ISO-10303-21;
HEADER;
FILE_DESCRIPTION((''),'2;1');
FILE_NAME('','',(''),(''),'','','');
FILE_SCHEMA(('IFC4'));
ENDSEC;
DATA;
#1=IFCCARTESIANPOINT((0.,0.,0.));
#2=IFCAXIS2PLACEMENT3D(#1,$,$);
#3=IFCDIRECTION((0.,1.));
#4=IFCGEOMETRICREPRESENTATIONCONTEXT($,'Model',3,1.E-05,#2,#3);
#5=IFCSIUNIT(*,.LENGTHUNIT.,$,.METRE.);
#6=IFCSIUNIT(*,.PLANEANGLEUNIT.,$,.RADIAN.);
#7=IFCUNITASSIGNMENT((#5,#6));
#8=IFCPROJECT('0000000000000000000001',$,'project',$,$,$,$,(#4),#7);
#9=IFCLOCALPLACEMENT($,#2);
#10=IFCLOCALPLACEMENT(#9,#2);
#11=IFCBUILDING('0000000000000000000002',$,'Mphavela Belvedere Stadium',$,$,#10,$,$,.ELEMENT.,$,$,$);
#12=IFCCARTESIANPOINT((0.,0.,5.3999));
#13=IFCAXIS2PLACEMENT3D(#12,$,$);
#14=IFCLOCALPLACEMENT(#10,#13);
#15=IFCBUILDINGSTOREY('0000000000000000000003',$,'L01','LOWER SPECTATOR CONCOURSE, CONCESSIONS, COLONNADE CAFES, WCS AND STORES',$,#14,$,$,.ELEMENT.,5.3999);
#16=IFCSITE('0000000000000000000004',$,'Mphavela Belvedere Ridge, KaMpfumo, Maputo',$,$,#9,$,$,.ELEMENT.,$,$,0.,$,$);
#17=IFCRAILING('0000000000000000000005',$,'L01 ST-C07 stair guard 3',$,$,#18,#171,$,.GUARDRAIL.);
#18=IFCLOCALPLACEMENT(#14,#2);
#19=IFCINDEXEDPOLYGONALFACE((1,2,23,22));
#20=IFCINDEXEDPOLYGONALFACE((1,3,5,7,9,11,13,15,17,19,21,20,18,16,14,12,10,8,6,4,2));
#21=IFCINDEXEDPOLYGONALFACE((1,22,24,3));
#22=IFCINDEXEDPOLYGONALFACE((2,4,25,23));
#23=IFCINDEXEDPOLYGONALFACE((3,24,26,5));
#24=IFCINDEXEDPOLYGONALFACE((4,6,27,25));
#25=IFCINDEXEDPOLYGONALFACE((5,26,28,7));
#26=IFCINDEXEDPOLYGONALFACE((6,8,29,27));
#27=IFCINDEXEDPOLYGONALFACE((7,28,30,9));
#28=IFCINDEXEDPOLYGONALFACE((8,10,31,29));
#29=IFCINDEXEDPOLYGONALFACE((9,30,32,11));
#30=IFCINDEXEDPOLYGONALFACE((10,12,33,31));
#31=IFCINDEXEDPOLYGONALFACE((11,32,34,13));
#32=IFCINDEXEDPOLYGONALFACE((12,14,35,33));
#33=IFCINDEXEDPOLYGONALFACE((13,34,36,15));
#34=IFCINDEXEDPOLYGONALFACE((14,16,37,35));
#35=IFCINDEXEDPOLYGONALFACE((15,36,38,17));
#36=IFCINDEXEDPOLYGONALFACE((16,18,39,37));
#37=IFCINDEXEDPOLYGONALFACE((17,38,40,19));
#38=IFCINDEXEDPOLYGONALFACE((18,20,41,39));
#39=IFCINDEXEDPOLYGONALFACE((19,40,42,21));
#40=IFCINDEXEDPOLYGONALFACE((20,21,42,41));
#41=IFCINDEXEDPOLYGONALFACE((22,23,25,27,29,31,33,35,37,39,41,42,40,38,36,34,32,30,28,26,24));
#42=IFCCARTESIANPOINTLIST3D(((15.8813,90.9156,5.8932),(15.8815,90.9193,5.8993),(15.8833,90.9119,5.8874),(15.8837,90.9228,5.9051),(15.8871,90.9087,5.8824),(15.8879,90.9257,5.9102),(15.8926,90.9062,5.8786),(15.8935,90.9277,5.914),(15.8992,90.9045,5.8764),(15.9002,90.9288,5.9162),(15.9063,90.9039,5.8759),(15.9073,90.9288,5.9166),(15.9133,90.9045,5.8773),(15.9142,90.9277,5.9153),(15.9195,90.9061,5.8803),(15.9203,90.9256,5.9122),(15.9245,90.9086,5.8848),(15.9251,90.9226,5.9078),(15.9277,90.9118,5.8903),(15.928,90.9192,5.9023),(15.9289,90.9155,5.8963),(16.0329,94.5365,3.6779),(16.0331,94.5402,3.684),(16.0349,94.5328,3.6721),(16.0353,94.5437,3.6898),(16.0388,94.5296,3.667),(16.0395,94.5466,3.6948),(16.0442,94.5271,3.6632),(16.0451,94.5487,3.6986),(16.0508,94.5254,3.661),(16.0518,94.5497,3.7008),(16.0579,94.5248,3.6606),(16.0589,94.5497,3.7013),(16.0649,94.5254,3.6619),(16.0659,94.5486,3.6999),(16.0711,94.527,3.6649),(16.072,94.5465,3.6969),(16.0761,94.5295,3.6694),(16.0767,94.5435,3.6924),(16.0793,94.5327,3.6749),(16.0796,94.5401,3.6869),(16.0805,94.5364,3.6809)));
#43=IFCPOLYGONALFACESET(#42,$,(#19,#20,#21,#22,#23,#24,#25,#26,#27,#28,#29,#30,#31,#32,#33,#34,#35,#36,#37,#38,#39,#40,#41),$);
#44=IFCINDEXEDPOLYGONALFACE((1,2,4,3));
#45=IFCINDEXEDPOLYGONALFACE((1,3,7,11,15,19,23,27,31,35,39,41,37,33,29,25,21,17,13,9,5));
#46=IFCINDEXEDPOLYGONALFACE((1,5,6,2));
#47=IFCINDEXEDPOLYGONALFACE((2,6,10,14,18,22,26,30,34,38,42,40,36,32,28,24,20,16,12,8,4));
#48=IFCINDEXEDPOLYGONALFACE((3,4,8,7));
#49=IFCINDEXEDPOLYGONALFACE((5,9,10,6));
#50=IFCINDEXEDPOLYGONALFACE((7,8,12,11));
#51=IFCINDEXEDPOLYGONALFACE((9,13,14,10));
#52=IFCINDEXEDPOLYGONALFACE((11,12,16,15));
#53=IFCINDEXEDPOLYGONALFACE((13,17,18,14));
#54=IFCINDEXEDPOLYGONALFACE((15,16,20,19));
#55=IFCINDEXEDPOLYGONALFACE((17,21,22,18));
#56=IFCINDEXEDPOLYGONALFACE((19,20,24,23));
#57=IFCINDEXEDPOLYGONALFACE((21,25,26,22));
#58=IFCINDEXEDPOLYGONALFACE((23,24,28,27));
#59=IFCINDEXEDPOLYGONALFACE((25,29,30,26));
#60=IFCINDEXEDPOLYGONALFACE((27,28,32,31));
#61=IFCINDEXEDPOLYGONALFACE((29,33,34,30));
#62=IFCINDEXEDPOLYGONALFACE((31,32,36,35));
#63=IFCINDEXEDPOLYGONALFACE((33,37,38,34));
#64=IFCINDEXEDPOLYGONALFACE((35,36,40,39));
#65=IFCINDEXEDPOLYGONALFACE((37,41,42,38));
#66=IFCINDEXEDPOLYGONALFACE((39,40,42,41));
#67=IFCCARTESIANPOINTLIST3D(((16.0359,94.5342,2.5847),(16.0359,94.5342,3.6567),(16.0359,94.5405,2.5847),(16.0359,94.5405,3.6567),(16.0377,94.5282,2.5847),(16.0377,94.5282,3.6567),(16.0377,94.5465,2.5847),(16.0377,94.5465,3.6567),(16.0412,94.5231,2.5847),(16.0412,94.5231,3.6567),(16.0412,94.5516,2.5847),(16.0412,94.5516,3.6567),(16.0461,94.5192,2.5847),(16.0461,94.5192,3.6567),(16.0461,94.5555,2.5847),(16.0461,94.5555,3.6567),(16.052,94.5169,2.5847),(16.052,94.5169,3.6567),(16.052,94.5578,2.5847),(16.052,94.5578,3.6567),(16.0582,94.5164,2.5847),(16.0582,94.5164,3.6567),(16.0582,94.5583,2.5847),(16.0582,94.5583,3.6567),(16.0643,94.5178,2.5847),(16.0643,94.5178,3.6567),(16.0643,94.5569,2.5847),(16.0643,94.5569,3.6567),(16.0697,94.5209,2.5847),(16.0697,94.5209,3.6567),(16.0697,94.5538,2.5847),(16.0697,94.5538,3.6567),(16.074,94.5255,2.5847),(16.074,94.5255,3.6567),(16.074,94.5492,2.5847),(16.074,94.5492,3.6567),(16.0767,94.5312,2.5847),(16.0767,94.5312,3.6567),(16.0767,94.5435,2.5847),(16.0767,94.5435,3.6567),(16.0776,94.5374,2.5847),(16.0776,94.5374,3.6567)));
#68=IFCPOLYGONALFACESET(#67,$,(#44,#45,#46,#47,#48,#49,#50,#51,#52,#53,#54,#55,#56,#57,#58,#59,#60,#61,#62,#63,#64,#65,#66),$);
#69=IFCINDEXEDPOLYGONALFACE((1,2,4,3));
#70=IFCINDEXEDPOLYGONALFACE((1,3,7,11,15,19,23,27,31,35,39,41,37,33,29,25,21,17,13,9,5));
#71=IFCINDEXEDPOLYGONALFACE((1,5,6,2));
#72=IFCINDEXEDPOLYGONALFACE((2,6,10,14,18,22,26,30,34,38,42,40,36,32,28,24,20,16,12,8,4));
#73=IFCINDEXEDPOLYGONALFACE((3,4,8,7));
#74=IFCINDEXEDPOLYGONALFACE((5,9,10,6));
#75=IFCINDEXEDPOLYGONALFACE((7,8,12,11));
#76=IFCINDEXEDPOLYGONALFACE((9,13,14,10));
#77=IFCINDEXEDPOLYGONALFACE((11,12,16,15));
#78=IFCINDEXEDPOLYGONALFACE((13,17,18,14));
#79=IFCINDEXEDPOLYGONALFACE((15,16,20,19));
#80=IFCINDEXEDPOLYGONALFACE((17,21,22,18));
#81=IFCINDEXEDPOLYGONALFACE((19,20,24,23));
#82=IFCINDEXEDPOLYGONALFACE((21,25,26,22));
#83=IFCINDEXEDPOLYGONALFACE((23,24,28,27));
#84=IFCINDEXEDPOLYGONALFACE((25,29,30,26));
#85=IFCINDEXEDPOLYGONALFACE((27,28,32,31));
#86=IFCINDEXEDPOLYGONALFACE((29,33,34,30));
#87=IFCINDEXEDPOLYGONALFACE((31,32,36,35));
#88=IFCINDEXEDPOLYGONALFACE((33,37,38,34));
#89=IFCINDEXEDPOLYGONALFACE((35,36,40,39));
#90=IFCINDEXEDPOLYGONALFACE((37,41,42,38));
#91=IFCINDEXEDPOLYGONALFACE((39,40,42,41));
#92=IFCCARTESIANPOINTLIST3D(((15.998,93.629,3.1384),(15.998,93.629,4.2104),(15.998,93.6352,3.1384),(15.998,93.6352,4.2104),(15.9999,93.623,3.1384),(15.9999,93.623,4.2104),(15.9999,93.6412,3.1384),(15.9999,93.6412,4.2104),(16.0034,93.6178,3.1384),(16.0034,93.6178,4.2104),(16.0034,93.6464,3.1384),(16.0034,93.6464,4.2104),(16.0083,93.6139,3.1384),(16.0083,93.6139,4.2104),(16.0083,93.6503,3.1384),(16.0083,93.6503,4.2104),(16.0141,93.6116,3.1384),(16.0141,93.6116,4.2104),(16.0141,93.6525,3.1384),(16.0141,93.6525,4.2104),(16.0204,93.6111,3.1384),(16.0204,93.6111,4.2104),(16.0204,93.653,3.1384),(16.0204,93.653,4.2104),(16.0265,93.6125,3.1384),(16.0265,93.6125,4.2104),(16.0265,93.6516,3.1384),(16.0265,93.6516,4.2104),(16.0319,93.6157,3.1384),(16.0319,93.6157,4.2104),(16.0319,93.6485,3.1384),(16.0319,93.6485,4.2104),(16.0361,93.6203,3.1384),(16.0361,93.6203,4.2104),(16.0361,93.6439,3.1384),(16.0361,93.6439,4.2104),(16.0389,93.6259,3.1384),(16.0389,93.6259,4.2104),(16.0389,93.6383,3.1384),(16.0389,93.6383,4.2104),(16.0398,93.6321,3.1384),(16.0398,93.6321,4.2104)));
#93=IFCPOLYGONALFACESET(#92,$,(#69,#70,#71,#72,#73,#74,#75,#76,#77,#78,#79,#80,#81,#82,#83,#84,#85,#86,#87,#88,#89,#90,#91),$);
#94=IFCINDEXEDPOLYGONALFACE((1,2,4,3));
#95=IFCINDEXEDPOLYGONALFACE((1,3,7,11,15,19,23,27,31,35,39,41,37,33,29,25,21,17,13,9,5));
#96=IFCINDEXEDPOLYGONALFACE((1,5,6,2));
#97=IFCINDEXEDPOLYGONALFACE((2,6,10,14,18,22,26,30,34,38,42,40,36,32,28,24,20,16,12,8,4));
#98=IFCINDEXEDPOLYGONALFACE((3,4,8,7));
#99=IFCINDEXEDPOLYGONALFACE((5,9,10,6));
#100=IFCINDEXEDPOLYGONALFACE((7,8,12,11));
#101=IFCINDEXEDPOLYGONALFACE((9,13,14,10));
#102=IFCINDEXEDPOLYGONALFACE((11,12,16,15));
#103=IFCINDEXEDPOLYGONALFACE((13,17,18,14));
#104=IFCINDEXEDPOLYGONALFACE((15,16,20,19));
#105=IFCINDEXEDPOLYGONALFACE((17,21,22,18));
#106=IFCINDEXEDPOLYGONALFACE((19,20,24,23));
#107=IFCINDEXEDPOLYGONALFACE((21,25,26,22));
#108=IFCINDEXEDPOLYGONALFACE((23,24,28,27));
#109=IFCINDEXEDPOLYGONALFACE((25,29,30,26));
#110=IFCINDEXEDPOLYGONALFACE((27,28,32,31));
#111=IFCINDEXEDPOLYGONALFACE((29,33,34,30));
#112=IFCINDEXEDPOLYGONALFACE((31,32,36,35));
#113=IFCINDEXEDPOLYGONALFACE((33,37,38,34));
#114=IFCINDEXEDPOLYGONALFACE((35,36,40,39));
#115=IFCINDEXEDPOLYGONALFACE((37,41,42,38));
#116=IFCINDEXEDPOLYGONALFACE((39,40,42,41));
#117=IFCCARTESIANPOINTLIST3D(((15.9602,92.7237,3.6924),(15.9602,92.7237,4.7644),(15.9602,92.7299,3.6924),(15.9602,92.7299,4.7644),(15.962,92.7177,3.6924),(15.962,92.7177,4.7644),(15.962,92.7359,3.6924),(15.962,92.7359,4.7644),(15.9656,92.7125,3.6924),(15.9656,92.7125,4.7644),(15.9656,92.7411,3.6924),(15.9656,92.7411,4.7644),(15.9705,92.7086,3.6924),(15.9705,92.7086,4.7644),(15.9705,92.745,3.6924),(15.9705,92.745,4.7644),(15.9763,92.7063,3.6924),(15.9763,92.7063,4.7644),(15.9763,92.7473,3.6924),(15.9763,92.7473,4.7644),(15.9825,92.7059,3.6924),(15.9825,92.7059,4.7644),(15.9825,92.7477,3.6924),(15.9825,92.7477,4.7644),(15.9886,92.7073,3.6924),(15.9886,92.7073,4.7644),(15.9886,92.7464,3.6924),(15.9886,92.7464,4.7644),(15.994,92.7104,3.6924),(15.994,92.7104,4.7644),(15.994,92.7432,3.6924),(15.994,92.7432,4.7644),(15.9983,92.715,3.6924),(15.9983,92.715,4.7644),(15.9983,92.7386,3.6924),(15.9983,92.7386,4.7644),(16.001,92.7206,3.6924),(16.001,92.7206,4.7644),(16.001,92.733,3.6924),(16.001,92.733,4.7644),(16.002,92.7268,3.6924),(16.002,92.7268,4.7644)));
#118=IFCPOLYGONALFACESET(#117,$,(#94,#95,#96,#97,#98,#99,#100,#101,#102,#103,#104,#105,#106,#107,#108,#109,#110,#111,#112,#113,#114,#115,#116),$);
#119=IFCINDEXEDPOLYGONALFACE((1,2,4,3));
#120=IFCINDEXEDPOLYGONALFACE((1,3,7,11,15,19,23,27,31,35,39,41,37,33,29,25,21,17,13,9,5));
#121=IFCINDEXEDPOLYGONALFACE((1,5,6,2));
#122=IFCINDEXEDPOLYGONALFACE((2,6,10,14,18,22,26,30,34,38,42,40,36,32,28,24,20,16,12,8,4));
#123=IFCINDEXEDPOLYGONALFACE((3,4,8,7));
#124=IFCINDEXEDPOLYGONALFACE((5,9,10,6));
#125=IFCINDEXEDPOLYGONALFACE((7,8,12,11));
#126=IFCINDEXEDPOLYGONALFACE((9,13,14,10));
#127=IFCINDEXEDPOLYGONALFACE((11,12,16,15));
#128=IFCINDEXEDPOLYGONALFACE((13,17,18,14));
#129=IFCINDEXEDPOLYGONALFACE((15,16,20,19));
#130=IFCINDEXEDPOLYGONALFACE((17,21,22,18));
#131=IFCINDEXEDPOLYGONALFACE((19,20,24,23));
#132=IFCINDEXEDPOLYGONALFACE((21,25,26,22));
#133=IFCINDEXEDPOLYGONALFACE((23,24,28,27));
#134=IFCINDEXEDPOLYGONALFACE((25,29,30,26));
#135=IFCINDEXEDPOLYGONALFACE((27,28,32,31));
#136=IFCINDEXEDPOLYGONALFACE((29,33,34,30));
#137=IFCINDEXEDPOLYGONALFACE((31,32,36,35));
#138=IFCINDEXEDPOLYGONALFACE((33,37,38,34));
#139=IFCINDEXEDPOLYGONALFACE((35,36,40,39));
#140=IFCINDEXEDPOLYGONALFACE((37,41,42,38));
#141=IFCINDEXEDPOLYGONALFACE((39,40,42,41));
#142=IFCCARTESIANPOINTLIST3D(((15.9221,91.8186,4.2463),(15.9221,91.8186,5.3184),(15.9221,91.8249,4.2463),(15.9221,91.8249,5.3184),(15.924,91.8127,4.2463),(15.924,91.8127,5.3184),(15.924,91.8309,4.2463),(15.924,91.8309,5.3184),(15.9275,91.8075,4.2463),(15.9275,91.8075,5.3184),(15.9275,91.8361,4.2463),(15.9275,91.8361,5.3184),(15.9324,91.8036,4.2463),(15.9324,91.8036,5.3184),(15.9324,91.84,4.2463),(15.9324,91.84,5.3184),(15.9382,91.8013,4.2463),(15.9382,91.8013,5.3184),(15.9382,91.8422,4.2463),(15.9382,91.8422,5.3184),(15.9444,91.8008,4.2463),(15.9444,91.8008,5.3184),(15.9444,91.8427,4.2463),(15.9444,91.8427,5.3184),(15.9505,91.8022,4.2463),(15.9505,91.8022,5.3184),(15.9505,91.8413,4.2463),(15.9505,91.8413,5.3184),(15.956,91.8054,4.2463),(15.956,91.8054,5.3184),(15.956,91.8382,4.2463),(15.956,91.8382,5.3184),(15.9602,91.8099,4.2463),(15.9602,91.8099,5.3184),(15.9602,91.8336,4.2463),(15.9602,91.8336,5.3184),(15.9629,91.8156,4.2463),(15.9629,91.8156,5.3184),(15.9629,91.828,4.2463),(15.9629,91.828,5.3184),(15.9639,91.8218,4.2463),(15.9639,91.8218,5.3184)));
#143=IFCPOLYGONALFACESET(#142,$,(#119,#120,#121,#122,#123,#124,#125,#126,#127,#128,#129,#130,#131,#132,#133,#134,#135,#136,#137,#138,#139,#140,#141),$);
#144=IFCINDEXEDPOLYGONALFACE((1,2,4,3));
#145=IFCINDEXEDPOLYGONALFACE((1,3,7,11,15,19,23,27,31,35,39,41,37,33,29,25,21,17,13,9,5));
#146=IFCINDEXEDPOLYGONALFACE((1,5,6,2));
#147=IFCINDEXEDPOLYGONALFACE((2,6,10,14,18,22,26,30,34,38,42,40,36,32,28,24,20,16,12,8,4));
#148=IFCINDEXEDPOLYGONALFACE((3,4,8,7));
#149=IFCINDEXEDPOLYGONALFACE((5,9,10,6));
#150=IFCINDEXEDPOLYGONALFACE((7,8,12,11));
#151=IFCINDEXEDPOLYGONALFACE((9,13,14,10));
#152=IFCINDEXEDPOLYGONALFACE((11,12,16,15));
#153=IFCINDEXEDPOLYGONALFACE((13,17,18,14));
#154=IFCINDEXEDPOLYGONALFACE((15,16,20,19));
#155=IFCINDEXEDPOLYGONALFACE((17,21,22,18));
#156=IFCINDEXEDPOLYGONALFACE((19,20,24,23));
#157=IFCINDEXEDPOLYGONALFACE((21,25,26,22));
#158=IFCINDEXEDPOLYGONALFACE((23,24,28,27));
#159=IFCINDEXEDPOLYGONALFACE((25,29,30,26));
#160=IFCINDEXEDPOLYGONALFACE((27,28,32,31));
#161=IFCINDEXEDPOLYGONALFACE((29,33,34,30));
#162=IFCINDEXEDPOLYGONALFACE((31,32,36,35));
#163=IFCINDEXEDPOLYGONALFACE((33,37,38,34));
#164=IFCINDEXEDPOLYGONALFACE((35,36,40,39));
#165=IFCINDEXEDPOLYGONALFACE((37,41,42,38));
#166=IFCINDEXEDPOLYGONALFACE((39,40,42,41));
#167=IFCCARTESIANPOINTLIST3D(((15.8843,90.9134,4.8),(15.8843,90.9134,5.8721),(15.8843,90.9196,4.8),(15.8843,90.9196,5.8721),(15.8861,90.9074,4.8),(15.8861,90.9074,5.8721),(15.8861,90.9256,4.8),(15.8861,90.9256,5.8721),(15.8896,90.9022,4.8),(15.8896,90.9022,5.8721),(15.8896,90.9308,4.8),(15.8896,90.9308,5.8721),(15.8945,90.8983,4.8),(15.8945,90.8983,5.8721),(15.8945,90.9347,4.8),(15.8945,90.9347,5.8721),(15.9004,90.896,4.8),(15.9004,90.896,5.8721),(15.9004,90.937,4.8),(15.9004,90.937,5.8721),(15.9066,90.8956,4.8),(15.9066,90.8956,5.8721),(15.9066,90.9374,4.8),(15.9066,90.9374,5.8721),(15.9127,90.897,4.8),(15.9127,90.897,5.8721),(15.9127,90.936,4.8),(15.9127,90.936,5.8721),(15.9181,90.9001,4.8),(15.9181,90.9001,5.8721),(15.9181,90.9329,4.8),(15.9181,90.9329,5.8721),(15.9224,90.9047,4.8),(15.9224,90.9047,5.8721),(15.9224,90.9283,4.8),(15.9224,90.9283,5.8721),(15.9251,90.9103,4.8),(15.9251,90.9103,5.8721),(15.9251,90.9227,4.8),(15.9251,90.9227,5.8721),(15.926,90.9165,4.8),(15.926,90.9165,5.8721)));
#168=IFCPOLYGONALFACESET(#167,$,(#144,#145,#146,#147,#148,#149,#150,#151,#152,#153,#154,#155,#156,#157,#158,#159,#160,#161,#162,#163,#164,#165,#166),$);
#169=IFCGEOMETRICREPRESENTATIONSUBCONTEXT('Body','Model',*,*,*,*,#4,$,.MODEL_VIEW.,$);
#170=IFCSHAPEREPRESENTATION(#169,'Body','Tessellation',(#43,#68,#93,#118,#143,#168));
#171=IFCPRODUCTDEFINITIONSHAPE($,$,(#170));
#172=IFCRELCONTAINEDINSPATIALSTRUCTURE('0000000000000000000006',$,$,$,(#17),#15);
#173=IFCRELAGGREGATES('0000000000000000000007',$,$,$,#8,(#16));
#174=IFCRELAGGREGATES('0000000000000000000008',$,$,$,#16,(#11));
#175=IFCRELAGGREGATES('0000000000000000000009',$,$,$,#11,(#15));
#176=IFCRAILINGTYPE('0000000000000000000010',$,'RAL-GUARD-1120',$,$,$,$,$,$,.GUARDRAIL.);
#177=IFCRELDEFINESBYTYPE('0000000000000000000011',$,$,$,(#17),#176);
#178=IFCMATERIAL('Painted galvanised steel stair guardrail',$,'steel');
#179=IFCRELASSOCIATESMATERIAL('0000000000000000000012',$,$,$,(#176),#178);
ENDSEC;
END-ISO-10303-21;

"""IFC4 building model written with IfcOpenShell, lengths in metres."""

from ifc_helpers import new_model, si_unit, direction, frame, origin, origin_2d, place, context, subcontext, project, spatial, circle, extrude, material, type_object, element, save


model = new_model("IFC4")

# Units and contexts
model_context = context("Model", 3, precision=1e-05, world=origin(), true_north=direction((0.0, 1.0)))
body_context = subcontext(model_context, "Body", "Model", "MODEL_VIEW")
ifc_project = project(units=[si_unit("LENGTHUNIT", "METRE"), si_unit("PLANEANGLEUNIT", "RADIAN")], contexts=[model_context])

# Site, building, storey
site_placement = place(None, origin())
site = spatial("IfcSite", under=ifc_project, at=site_placement, Name="Mphavela Belvedere Ridge, KaMpfumo, Maputo", CompositionType="ELEMENT", RefElevation=0.0)
building_placement = place(site_placement, origin())
building = spatial("IfcBuilding", under=site, at=building_placement, Name="Mphavela Belvedere Stadium", CompositionType="ELEMENT")
storey_placement = place(building_placement, frame((0.0, 0.0, 5.3999)))
storey = spatial("IfcBuildingStorey", under=building, at=storey_placement, Name="L01", Description="LOWER SPECTATOR CONCOURSE, CONCESSIONS, COLONNADE CAFES, WCS AND STORES", CompositionType="ELEMENT", Elevation=5.3999)

# Railing
ifc_material_1 = material(Name="Painted galvanised steel stair guardrail", Category="steel")
railing_type_1 = type_object("IfcRailingType", Name="RAL-GUARD-1120", PredefinedType="GUARDRAIL", material=ifc_material_1)
railing_1_placement = place(storey_placement, frame((16.0566, 94.5374, 2.5847)))
element("IfcRailing", 1, at=railing_1_placement, inside=storey, type_object=railing_type_1, Name="L01 ST-C07 stair guard 3", PredefinedType="GUARDRAIL", context=body_context, shape_type="SweptSolid", body=[
    extrude(circle(Radius=0.0239, at=origin_2d()), frame((0.0, 0.0, 1.0962), z_axis=(-0.035694, -0.852467, 0.521562), x_axis=(0.999125, -0.041835, 0.0)), (0.0, 0.0, 1.0), 4.2476),
    extrude(circle(Radius=0.021, at=origin_2d()), origin(), (0.0, 0.0, 1.0), 1.072),
    extrude(circle(Radius=0.021, at=origin_2d()), frame((-0.0378, -0.9053, 0.5537)), (0.0, 0.0, 1.0), 1.072),
    extrude(circle(Radius=0.021, at=origin_2d()), frame((-0.0757, -1.8105, 1.1077)), (0.0, 0.0, 1.0), 1.072),
    extrude(circle(Radius=0.021, at=origin_2d()), frame((-0.1138, -2.7156, 1.6616)), (0.0, 0.0, 1.0), 1.072),
    extrude(circle(Radius=0.021, at=origin_2d()), frame((-0.1516, -3.6208, 2.2153)), (0.0, 0.0, 1.0), 1.072),
])

save(model, "model.ifc")
